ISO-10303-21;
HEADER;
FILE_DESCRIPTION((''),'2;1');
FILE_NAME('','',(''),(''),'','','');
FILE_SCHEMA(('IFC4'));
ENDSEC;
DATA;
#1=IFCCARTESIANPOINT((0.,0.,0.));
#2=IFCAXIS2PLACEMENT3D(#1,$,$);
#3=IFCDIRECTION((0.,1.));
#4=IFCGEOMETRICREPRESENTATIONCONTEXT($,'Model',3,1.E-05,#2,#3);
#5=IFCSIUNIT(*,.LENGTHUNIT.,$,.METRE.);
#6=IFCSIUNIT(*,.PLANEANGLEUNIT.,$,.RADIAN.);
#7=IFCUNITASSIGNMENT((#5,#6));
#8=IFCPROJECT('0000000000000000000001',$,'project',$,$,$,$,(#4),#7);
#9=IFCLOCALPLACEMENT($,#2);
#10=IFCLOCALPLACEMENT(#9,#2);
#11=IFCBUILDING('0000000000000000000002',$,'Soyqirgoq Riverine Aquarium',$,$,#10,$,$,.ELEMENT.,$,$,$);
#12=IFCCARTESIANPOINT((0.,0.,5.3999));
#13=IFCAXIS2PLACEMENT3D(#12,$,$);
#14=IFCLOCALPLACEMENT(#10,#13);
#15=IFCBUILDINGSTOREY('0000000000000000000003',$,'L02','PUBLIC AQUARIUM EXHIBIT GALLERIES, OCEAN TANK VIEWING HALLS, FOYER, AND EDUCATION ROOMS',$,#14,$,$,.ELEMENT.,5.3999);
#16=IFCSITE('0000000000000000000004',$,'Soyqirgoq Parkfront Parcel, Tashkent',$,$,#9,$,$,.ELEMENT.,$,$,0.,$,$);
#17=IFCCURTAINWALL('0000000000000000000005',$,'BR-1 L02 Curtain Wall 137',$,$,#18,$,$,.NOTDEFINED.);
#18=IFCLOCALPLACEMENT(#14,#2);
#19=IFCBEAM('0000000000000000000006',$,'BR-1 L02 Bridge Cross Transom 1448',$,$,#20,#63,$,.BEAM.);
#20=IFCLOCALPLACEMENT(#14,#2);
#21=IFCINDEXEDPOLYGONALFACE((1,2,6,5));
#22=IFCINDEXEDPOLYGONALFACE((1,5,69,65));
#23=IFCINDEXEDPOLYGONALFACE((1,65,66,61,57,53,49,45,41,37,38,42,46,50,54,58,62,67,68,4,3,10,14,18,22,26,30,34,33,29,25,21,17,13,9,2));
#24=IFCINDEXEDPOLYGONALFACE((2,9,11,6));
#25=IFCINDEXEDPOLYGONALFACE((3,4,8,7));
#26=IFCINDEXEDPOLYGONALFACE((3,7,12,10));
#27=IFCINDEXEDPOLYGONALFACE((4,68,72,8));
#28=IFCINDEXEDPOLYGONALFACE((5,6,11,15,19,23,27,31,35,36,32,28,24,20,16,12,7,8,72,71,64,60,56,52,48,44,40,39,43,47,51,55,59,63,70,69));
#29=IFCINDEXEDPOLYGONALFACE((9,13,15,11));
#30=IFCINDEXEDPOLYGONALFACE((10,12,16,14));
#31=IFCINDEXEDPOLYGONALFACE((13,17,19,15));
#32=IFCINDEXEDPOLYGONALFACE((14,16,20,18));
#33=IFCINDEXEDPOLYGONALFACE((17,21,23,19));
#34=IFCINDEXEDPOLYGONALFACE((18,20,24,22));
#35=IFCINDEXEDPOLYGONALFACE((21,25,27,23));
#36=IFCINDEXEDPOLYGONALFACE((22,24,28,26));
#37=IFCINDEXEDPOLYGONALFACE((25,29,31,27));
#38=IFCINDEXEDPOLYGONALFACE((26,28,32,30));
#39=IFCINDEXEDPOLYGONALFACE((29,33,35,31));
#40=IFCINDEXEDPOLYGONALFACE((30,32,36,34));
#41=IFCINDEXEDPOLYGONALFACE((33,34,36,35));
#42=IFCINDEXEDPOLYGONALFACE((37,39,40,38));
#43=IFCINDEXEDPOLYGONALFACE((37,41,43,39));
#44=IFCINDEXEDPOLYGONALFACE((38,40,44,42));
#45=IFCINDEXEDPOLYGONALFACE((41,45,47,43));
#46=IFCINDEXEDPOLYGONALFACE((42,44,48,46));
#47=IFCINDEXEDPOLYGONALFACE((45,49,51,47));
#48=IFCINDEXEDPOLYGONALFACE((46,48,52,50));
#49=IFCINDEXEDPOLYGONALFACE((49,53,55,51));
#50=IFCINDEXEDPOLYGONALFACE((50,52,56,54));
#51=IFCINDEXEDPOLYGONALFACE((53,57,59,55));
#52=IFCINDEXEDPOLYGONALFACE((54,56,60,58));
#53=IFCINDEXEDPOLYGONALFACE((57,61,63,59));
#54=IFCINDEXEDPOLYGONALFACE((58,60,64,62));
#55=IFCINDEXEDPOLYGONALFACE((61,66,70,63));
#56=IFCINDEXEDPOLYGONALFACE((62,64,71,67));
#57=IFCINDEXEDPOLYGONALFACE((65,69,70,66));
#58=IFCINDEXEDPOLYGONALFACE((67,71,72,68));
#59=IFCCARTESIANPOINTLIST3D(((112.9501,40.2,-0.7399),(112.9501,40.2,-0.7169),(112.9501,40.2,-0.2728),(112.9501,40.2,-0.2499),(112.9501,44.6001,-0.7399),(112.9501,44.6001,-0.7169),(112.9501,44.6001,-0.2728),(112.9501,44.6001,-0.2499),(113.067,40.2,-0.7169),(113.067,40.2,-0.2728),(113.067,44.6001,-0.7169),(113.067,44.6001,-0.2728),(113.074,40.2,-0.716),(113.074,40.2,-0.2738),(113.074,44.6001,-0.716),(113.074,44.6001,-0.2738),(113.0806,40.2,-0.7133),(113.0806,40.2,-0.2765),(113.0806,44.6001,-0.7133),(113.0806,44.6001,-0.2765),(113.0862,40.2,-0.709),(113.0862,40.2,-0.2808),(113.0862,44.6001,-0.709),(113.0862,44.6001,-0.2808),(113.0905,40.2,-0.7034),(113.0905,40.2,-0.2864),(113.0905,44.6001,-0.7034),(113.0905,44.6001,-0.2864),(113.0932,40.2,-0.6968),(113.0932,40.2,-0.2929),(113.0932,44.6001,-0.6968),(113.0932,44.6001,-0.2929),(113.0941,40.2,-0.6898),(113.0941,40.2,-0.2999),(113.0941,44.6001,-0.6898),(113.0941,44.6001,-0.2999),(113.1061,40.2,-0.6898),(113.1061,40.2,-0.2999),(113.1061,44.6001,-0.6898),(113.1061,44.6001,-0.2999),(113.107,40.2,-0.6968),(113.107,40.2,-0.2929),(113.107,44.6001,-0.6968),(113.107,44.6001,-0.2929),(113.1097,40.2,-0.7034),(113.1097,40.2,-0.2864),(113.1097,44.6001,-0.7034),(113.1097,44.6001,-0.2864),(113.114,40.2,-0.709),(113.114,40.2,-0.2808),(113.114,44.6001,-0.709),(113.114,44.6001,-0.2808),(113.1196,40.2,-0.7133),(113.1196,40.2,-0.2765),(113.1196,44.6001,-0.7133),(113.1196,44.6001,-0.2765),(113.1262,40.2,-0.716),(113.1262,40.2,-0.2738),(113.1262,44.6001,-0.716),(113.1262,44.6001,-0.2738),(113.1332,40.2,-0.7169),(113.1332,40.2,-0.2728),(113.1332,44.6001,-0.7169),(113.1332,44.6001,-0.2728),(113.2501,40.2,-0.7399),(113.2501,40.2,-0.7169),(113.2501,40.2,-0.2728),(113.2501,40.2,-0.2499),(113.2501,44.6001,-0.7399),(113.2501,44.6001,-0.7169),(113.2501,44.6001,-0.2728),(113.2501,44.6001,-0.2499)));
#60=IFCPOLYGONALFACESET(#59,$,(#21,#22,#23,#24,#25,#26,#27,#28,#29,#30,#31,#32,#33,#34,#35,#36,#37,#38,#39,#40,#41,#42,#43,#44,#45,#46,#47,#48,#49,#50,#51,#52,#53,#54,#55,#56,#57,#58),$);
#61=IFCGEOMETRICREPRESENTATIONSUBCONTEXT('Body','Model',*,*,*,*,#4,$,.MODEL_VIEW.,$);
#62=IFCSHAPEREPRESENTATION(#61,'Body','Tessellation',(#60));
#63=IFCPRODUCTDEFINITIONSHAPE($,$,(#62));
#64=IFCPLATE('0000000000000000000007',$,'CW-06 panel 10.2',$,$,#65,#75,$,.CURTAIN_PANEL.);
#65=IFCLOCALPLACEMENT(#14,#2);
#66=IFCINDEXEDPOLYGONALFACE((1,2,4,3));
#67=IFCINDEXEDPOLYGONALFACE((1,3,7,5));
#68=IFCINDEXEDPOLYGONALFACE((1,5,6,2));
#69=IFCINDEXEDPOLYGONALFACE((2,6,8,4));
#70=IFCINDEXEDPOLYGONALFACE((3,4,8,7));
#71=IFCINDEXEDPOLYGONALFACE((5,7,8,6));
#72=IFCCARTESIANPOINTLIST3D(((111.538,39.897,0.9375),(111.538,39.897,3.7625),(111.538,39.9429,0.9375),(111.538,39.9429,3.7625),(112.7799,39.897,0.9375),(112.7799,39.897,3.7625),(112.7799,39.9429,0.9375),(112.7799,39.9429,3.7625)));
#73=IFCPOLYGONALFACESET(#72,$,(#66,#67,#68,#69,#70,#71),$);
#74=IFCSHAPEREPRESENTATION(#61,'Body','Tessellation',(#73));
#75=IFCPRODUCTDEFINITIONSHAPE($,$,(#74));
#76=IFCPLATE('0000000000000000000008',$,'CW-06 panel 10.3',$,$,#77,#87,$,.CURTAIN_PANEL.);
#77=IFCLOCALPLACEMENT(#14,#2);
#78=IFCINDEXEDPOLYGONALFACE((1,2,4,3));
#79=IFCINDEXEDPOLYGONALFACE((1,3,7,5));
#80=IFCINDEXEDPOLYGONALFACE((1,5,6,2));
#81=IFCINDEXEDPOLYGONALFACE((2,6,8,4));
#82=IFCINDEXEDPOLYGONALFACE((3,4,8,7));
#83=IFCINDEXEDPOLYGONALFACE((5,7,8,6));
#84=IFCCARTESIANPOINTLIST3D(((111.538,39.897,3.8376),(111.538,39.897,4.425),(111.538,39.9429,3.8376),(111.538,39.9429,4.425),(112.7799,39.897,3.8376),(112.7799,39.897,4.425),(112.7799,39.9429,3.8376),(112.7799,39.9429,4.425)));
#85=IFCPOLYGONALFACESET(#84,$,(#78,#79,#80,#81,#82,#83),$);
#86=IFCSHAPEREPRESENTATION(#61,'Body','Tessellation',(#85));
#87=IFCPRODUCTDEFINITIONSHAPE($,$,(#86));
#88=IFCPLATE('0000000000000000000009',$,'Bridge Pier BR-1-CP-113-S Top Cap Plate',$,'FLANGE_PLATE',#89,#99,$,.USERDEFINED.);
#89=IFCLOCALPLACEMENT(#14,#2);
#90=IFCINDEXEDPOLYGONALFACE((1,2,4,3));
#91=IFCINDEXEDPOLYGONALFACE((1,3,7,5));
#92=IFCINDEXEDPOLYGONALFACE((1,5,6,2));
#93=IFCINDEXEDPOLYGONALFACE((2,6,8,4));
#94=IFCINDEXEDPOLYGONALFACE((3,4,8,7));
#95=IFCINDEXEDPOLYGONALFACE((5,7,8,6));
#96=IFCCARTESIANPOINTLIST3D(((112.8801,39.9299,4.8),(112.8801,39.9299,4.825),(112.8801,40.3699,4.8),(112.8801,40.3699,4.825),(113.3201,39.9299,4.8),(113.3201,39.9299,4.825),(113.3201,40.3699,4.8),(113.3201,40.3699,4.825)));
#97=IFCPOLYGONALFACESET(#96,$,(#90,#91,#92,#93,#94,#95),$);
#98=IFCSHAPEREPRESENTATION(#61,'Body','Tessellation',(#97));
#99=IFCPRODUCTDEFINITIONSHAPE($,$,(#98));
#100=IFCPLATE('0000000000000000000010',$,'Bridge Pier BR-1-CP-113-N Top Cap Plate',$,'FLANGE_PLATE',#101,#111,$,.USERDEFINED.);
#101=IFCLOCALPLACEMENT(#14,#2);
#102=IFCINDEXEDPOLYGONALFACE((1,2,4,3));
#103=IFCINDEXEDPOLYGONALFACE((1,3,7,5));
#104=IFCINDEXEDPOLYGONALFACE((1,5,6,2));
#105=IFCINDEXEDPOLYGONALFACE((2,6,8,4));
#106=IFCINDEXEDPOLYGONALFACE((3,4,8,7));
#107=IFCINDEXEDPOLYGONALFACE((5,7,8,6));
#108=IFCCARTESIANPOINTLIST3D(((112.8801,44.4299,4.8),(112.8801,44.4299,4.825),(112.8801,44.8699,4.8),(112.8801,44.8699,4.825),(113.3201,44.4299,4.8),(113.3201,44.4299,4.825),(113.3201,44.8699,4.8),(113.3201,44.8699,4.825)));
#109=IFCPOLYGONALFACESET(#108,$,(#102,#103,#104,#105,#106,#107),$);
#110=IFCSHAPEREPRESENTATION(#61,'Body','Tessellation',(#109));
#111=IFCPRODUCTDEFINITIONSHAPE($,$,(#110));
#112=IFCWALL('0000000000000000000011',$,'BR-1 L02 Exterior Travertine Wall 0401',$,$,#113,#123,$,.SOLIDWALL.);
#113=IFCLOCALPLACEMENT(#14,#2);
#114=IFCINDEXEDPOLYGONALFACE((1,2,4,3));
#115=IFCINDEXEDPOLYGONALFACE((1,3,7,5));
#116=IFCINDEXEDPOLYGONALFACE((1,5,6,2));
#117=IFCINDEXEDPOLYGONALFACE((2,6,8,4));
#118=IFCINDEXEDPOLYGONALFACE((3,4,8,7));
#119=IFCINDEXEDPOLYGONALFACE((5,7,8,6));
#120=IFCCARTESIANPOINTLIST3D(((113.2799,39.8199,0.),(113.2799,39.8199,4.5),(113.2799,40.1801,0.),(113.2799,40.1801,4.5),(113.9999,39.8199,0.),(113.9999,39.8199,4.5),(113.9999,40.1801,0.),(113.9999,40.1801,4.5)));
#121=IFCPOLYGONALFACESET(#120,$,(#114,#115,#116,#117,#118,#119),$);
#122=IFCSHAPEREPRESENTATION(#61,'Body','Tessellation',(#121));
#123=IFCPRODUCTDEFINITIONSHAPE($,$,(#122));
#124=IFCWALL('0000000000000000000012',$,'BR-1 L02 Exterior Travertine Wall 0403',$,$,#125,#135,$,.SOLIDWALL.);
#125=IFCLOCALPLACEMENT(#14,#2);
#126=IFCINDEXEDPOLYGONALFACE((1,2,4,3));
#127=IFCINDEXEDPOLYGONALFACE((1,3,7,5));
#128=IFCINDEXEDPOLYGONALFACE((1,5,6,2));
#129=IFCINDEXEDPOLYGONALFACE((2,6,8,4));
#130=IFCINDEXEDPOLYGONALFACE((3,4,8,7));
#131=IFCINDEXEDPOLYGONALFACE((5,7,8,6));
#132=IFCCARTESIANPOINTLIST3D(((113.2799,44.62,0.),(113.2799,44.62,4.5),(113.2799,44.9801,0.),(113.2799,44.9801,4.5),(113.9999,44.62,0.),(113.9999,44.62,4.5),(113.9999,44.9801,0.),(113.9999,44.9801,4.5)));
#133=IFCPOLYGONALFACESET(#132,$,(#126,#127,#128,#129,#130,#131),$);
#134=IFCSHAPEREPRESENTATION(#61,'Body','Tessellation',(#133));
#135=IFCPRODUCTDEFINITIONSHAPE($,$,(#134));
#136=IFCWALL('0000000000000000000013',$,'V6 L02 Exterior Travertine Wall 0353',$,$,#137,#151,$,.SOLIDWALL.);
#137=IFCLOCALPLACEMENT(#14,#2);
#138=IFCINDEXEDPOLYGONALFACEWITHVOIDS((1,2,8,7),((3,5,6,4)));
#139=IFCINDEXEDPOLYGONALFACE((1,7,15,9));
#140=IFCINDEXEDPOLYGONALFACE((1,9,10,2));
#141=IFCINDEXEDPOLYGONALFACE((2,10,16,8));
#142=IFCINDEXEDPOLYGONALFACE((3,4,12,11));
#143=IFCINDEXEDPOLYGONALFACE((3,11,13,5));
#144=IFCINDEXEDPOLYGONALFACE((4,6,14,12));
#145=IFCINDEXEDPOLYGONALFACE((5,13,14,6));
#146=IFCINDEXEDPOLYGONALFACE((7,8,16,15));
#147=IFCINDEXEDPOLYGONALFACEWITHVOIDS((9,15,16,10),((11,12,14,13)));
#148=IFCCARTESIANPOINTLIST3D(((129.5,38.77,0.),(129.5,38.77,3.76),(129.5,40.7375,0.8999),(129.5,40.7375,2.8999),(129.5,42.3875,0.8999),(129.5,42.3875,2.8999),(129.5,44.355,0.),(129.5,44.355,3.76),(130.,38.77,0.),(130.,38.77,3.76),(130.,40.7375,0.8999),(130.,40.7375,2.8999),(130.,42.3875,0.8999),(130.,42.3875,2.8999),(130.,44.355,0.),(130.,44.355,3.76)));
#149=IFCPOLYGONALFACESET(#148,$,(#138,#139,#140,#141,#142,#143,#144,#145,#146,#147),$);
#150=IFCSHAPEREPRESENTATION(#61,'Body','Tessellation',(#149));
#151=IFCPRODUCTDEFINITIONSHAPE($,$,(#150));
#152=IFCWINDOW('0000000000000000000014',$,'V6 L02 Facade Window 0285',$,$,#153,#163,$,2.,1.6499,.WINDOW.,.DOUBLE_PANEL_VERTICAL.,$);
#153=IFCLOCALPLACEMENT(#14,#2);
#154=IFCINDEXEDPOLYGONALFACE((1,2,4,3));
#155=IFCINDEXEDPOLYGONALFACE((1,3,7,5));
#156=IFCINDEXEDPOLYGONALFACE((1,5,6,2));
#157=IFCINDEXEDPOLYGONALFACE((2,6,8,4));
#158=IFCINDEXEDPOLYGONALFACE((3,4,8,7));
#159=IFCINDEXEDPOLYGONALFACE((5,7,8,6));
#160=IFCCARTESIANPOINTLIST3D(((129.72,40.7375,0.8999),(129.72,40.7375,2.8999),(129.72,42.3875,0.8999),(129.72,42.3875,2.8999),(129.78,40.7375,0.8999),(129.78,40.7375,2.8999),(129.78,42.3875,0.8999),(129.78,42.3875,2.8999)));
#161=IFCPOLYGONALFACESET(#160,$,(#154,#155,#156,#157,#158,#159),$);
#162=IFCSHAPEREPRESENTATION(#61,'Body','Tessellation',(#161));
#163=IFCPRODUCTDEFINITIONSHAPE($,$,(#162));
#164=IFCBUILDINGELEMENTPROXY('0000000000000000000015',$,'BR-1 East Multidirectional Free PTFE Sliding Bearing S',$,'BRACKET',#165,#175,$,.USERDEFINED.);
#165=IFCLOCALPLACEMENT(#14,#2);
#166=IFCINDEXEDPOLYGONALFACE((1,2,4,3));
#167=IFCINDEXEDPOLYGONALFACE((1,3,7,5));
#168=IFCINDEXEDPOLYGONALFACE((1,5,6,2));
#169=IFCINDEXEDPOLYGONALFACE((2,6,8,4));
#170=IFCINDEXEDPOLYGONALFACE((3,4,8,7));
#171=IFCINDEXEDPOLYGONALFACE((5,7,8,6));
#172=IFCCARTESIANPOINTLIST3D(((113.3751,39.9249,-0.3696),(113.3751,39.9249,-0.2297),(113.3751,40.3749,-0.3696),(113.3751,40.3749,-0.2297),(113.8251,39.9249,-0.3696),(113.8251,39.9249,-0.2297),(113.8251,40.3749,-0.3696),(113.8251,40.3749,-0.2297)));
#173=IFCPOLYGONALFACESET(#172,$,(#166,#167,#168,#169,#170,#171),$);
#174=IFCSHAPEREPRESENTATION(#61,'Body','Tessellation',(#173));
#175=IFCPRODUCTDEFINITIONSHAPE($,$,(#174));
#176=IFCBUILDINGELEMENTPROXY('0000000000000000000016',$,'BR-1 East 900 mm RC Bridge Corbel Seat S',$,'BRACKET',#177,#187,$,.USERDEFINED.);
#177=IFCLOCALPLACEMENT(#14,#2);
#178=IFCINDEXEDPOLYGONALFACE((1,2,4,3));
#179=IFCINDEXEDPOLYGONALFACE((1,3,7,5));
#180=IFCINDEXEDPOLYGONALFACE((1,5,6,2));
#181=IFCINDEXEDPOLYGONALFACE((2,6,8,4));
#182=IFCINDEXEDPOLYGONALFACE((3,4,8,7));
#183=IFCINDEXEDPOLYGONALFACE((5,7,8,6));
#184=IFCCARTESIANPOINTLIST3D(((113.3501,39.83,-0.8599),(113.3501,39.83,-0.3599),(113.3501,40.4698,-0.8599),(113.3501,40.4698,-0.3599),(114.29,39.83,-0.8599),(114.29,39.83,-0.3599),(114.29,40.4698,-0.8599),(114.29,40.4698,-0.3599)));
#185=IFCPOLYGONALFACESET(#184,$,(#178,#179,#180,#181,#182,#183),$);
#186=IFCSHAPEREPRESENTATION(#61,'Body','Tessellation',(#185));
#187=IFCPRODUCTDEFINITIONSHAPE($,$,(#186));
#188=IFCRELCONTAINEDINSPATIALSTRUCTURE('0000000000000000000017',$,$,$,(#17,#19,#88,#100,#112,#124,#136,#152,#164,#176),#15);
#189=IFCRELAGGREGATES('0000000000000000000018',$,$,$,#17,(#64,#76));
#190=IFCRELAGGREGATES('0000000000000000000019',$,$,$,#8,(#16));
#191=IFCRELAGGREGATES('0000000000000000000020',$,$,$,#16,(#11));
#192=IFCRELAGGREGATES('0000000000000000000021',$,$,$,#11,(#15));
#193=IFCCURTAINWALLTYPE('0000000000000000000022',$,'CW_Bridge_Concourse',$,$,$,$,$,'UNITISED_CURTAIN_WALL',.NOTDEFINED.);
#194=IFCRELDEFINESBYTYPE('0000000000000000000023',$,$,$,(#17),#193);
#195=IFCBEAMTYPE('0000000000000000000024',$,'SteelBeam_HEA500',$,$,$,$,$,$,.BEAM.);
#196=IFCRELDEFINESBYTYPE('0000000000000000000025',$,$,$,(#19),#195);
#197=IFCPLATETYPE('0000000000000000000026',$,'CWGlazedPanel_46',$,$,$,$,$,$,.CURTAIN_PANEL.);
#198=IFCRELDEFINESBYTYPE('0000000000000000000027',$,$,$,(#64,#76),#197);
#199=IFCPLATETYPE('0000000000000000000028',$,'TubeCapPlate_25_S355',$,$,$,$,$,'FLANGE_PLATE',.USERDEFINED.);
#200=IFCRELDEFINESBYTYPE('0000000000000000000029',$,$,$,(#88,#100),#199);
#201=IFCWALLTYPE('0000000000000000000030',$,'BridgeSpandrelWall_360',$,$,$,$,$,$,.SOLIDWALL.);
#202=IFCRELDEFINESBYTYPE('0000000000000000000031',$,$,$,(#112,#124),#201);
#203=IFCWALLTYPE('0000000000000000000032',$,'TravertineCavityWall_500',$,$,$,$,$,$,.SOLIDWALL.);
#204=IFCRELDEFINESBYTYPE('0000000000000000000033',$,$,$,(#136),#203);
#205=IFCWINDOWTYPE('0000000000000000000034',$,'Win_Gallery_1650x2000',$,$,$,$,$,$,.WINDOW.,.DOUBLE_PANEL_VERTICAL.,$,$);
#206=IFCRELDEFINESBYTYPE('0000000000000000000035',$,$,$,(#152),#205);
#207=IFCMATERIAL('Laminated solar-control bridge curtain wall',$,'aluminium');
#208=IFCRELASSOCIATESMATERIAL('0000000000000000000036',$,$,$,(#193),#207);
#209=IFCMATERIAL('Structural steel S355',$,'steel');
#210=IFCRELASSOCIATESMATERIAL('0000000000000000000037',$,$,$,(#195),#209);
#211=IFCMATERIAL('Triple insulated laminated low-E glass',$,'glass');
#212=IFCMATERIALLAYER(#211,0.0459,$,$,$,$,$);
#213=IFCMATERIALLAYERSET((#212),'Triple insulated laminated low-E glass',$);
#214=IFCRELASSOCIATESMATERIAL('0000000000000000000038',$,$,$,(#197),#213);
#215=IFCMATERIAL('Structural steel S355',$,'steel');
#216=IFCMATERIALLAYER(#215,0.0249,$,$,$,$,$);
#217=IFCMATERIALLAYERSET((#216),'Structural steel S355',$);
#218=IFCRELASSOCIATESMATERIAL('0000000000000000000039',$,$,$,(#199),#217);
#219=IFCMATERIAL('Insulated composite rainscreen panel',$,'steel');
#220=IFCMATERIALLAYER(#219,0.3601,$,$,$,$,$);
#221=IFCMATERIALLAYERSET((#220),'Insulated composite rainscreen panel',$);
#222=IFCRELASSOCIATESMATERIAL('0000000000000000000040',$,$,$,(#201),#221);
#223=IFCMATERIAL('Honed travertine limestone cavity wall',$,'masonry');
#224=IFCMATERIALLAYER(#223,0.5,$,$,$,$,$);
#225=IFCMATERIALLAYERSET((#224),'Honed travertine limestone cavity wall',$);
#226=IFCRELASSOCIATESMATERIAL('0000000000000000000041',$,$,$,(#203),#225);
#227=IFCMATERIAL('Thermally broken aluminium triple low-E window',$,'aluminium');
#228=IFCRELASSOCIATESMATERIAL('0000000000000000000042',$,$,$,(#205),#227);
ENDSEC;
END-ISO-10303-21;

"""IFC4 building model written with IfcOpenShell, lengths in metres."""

from ifc_helpers import new_model, si_unit, direction, frame, frame_2d, origin, origin_2d, place, context, subcontext, project, spatial, rectangle, i_section, extrude, material, layer, layer_set, material_profile, profile_set, type_object, element, fill, aggregate, save


model = new_model("IFC4")

# Units and contexts
model_context = context("Model", 3, precision=1e-05, world=origin(), true_north=direction((0.0, 1.0)))
body_context = subcontext(model_context, "Body", "Model", "MODEL_VIEW")
ifc_project = project(units=[si_unit("LENGTHUNIT", "METRE"), si_unit("PLANEANGLEUNIT", "RADIAN")], contexts=[model_context])

# Site, building, storey
site_placement = place(None, origin())
site = spatial("IfcSite", under=ifc_project, at=site_placement, Name="Soyqirgoq Parkfront Parcel, Tashkent", CompositionType="ELEMENT", RefElevation=0.0)
building_placement = place(site_placement, origin())
building = spatial("IfcBuilding", under=site, at=building_placement, Name="Soyqirgoq Riverine Aquarium", CompositionType="ELEMENT")
storey_placement = place(building_placement, frame((0.0, 0.0, 5.3999)))
storey = spatial("IfcBuildingStorey", under=building, at=storey_placement, Name="L02", Description="PUBLIC AQUARIUM EXHIBIT GALLERIES, OCEAN TANK VIEWING HALLS, FOYER, AND EDUCATION ROOMS", CompositionType="ELEMENT", Elevation=5.3999)

# Curtain wall
ifc_material_1 = material(Name="Laminated solar-control bridge curtain wall", Category="aluminium")
curtain_wall_type = type_object("IfcCurtainWallType", Name="CW_Bridge_Concourse", ElementType="UNITISED_CURTAIN_WALL", PredefinedType="NOTDEFINED", material=ifc_material_1)
curtain_wall_placement = place(storey_placement, origin())
curtain_wall = element("IfcCurtainWall", 1, at=curtain_wall_placement, inside=storey, type_object=curtain_wall_type, Name="BR-1 L02 Curtain Wall 137", PredefinedType="NOTDEFINED")

# Beam
ifc_material_2 = material(Name="Structural steel S355", Category="steel")
ifc_material_profile_1 = material_profile(ifc_material_2, i_section(OverallWidth=0.3, OverallDepth=0.49, WebThickness=0.012, FlangeThickness=0.0229, FilletRadius=0.0271, at=origin_2d()), Name="HEA 500")
ifc_profile_set_1 = profile_set([ifc_material_profile_1], Name="Structural steel S355")
beam_type_1 = type_object("IfcBeamType", Name="SteelBeam_HEA500", PredefinedType="BEAM", material=ifc_profile_set_1)
beam_1_placement = place(storey_placement, frame((113.1001, 40.2, -0.4949), z_axis=(0.0, 1.0, 0.0), x_axis=(-1.0, 0.0, 0.0)))
element("IfcBeam", 2, at=beam_1_placement, inside=storey, type_object=beam_type_1, Name="BR-1 L02 Bridge Cross Transom 1448", PredefinedType="BEAM", context=body_context, shape_type="SweptSolid", body=[
    extrude(i_section(OverallWidth=0.3, OverallDepth=0.49, WebThickness=0.012, FlangeThickness=0.0229, FilletRadius=0.0271, at=origin_2d()), origin(), (0.0, 0.0, 1.0), 4.4001),
])

# Plates
ifc_material_3 = material(Name="Triple insulated laminated low-E glass", Category="glass")
ifc_layer_1 = layer(ifc_material_3, 0.0459)
ifc_layer_set_1 = layer_set([ifc_layer_1], Name="Triple insulated laminated low-E glass")
plate_type_1 = type_object("IfcPlateType", Name="CWGlazedPanel_46", PredefinedType="CURTAIN_PANEL", material=ifc_layer_set_1)
plate_1_placement = place(storey_placement, frame((112.1589, 39.9199, 0.9375), z_axis=(0.0, 0.0, 1.0), x_axis=(1.0, 0.0, 0.0)))
plate_1 = element("IfcPlate", 3, at=plate_1_placement, type_object=plate_type_1, Name="CW-06 panel 10.2", PredefinedType="CURTAIN_PANEL", context=body_context, shape_type="SweptSolid", body=[
    extrude(rectangle(XDim=1.2419, YDim=0.0459, at=origin_2d()), origin(), (0.0, 0.0, 1.0), 2.825),
])
plate_2_placement = place(storey_placement, frame((112.1589, 39.9199, 3.8376), z_axis=(0.0, 0.0, 1.0), x_axis=(1.0, 0.0, 0.0)))
plate_2 = element("IfcPlate", 4, at=plate_2_placement, type_object=plate_type_1, Name="CW-06 panel 10.3", PredefinedType="CURTAIN_PANEL", context=body_context, shape_type="SweptSolid", body=[
    extrude(rectangle(XDim=1.2419, YDim=0.0459, at=origin_2d()), origin(), (0.0, 0.0, 1.0), 0.5874),
])
aggregate(curtain_wall, [plate_1, plate_2])

# Plates
ifc_material_4 = material(Name="Structural steel S355", Category="steel")
ifc_layer_2 = layer(ifc_material_4, 0.0249)
ifc_layer_set_2 = layer_set([ifc_layer_2], Name="Structural steel S355")
plate_type_2 = type_object("IfcPlateType", Name="TubeCapPlate_25_S355", ElementType="FLANGE_PLATE", PredefinedType="USERDEFINED", material=ifc_layer_set_2)
for number, where, z_axis, x_axis, name in (
    (5, (113.1001, 40.1499, 4.8), (0.0, 0.0, 1.0), (1.0, 0.0, 0.0), "Bridge Pier BR-1-CP-113-S Top Cap Plate"),
    (6, (113.1001, 44.6499, 4.8), (0.0, 0.0, 1.0), (1.0, 0.0, 0.0), "Bridge Pier BR-1-CP-113-N Top Cap Plate"),
):
    element("IfcPlate", number, at=place(storey_placement, frame(where, z_axis=z_axis, x_axis=x_axis)), inside=storey, type_object=plate_type_2, Name=name, ObjectType="FLANGE_PLATE", PredefinedType="USERDEFINED", context=body_context, shape_type="SweptSolid", body=[
        extrude(rectangle(XDim=0.4399, YDim=0.4399, at=origin_2d()), origin(), (0.0, 0.0, 1.0), 0.0249),
    ])

# Walls
ifc_material_5 = material(Name="Insulated composite rainscreen panel", Category="steel")
ifc_layer_3 = layer(ifc_material_5, 0.3601)
ifc_layer_set_3 = layer_set([ifc_layer_3], Name="Insulated composite rainscreen panel")
wall_type_1 = type_object("IfcWallType", Name="BridgeSpandrelWall_360", PredefinedType="SOLIDWALL", material=ifc_layer_set_3)
for number, where, z_axis, x_axis, name in (
    (7, (113.28, 40.0, 0.0), (0.0, 0.0, 1.0), (1.0, 0.0, 0.0), "BR-1 L02 Exterior Travertine Wall 0401"),
    (8, (113.28, 44.8, 0.0), (0.0, 0.0, 1.0), (1.0, 0.0, 0.0), "BR-1 L02 Exterior Travertine Wall 0403"),
):
    element("IfcWall", number, at=place(storey_placement, frame(where, z_axis=z_axis, x_axis=x_axis)), inside=storey, type_object=wall_type_1, Name=name, PredefinedType="SOLIDWALL", context=body_context, shape_type="SweptSolid", body=[
        extrude(rectangle(XDim=0.72, YDim=0.3601, at=frame_2d((0.3599, 0.0))), origin(), (0.0, 0.0, 1.0), 4.5),
    ])

# Wall, opening, window
ifc_material_6 = material(Name="Honed travertine limestone cavity wall", Category="masonry")
ifc_layer_4 = layer(ifc_material_6, 0.5)
ifc_layer_set_4 = layer_set([ifc_layer_4], Name="Honed travertine limestone cavity wall")
wall_type_2 = type_object("IfcWallType", Name="TravertineCavityWall_500", PredefinedType="SOLIDWALL", material=ifc_layer_set_4)
wall_placement = place(storey_placement, frame((129.75, 44.355, 0.0), z_axis=(0.0, 0.0, 1.0), x_axis=(0.0, -1.0, 0.0)))
wall = element("IfcWall", 9, at=wall_placement, inside=storey, type_object=wall_type_2, Name="V6 L02 Exterior Travertine Wall 0353", PredefinedType="SOLIDWALL", context=body_context, shape_type="SweptSolid", body=[
    extrude(rectangle(XDim=5.585, YDim=0.5, at=frame_2d((2.7925, 0.0))), origin(), (0.0, 0.0, 1.0), 3.76),
])
opening_placement = place(wall_placement, frame((1.9675, 0.0, 0.8999)))
opening = element("IfcOpeningElement", 10, at=opening_placement, cuts=wall, PredefinedType="OPENING", context=body_context, shape_type="SweptSolid", body=[
    extrude(rectangle(XDim=1.6499, YDim=2.0, at=frame_2d((0.825, 1.0))), frame((0.0, 0.26, 0.0), z_axis=(0.0, -1.0, 0.0), x_axis=(1.0, 0.0, 0.0)), (0.0, 0.0, 1.0), 0.52),
])
ifc_material_7 = material(Name="Thermally broken aluminium triple low-E window", Category="aluminium")
window_type = type_object("IfcWindowType", Name="Win_Gallery_1650x2000", PartitioningType="DOUBLE_PANEL_VERTICAL", PredefinedType="WINDOW", material=ifc_material_7)
window_placement = place(opening_placement, origin())
window = element("IfcWindow", 11, at=window_placement, inside=storey, type_object=window_type, Name="V6 L02 Facade Window 0285", OverallHeight=2.0, OverallWidth=1.6499, PartitioningType="DOUBLE_PANEL_VERTICAL", PredefinedType="WINDOW", context=body_context, shape_type="SweptSolid", body=[
    extrude(rectangle(XDim=1.6499, YDim=2.0, at=frame_2d((0.825, 1.0))), frame((0.0, 0.03, 0.0), z_axis=(0.0, -1.0, 0.0), x_axis=(1.0, 0.0, 0.0)), (0.0, 0.0, 1.0), 0.0601),
])
fill(opening, window)

# Building element proxies
proxy_1_placement = place(storey_placement, frame((113.6001, 40.1499, -0.3696), z_axis=(0.0, 0.0, 1.0), x_axis=(1.0, 0.0, 0.0)))
element("IfcBuildingElementProxy", 12, at=proxy_1_placement, inside=storey, Name="BR-1 East Multidirectional Free PTFE Sliding Bearing S", ObjectType="BRACKET", PredefinedType="USERDEFINED", context=body_context, shape_type="SweptSolid", body=[
    extrude(rectangle(XDim=0.45, YDim=0.45, at=origin_2d()), origin(), (0.0, 0.0, 1.0), 0.1399),
])
proxy_2_placement = place(storey_placement, frame((113.8201, 40.1499, -0.8599), z_axis=(0.0, 0.0, 1.0), x_axis=(1.0, 0.0, 0.0)))
element("IfcBuildingElementProxy", 13, at=proxy_2_placement, inside=storey, Name="BR-1 East 900 mm RC Bridge Corbel Seat S", ObjectType="BRACKET", PredefinedType="USERDEFINED", context=body_context, shape_type="SweptSolid", body=[
    extrude(rectangle(XDim=0.9399, YDim=0.6399, at=origin_2d()), origin(), (0.0, 0.0, 1.0), 0.5),
])

save(model, "model.ifc")
